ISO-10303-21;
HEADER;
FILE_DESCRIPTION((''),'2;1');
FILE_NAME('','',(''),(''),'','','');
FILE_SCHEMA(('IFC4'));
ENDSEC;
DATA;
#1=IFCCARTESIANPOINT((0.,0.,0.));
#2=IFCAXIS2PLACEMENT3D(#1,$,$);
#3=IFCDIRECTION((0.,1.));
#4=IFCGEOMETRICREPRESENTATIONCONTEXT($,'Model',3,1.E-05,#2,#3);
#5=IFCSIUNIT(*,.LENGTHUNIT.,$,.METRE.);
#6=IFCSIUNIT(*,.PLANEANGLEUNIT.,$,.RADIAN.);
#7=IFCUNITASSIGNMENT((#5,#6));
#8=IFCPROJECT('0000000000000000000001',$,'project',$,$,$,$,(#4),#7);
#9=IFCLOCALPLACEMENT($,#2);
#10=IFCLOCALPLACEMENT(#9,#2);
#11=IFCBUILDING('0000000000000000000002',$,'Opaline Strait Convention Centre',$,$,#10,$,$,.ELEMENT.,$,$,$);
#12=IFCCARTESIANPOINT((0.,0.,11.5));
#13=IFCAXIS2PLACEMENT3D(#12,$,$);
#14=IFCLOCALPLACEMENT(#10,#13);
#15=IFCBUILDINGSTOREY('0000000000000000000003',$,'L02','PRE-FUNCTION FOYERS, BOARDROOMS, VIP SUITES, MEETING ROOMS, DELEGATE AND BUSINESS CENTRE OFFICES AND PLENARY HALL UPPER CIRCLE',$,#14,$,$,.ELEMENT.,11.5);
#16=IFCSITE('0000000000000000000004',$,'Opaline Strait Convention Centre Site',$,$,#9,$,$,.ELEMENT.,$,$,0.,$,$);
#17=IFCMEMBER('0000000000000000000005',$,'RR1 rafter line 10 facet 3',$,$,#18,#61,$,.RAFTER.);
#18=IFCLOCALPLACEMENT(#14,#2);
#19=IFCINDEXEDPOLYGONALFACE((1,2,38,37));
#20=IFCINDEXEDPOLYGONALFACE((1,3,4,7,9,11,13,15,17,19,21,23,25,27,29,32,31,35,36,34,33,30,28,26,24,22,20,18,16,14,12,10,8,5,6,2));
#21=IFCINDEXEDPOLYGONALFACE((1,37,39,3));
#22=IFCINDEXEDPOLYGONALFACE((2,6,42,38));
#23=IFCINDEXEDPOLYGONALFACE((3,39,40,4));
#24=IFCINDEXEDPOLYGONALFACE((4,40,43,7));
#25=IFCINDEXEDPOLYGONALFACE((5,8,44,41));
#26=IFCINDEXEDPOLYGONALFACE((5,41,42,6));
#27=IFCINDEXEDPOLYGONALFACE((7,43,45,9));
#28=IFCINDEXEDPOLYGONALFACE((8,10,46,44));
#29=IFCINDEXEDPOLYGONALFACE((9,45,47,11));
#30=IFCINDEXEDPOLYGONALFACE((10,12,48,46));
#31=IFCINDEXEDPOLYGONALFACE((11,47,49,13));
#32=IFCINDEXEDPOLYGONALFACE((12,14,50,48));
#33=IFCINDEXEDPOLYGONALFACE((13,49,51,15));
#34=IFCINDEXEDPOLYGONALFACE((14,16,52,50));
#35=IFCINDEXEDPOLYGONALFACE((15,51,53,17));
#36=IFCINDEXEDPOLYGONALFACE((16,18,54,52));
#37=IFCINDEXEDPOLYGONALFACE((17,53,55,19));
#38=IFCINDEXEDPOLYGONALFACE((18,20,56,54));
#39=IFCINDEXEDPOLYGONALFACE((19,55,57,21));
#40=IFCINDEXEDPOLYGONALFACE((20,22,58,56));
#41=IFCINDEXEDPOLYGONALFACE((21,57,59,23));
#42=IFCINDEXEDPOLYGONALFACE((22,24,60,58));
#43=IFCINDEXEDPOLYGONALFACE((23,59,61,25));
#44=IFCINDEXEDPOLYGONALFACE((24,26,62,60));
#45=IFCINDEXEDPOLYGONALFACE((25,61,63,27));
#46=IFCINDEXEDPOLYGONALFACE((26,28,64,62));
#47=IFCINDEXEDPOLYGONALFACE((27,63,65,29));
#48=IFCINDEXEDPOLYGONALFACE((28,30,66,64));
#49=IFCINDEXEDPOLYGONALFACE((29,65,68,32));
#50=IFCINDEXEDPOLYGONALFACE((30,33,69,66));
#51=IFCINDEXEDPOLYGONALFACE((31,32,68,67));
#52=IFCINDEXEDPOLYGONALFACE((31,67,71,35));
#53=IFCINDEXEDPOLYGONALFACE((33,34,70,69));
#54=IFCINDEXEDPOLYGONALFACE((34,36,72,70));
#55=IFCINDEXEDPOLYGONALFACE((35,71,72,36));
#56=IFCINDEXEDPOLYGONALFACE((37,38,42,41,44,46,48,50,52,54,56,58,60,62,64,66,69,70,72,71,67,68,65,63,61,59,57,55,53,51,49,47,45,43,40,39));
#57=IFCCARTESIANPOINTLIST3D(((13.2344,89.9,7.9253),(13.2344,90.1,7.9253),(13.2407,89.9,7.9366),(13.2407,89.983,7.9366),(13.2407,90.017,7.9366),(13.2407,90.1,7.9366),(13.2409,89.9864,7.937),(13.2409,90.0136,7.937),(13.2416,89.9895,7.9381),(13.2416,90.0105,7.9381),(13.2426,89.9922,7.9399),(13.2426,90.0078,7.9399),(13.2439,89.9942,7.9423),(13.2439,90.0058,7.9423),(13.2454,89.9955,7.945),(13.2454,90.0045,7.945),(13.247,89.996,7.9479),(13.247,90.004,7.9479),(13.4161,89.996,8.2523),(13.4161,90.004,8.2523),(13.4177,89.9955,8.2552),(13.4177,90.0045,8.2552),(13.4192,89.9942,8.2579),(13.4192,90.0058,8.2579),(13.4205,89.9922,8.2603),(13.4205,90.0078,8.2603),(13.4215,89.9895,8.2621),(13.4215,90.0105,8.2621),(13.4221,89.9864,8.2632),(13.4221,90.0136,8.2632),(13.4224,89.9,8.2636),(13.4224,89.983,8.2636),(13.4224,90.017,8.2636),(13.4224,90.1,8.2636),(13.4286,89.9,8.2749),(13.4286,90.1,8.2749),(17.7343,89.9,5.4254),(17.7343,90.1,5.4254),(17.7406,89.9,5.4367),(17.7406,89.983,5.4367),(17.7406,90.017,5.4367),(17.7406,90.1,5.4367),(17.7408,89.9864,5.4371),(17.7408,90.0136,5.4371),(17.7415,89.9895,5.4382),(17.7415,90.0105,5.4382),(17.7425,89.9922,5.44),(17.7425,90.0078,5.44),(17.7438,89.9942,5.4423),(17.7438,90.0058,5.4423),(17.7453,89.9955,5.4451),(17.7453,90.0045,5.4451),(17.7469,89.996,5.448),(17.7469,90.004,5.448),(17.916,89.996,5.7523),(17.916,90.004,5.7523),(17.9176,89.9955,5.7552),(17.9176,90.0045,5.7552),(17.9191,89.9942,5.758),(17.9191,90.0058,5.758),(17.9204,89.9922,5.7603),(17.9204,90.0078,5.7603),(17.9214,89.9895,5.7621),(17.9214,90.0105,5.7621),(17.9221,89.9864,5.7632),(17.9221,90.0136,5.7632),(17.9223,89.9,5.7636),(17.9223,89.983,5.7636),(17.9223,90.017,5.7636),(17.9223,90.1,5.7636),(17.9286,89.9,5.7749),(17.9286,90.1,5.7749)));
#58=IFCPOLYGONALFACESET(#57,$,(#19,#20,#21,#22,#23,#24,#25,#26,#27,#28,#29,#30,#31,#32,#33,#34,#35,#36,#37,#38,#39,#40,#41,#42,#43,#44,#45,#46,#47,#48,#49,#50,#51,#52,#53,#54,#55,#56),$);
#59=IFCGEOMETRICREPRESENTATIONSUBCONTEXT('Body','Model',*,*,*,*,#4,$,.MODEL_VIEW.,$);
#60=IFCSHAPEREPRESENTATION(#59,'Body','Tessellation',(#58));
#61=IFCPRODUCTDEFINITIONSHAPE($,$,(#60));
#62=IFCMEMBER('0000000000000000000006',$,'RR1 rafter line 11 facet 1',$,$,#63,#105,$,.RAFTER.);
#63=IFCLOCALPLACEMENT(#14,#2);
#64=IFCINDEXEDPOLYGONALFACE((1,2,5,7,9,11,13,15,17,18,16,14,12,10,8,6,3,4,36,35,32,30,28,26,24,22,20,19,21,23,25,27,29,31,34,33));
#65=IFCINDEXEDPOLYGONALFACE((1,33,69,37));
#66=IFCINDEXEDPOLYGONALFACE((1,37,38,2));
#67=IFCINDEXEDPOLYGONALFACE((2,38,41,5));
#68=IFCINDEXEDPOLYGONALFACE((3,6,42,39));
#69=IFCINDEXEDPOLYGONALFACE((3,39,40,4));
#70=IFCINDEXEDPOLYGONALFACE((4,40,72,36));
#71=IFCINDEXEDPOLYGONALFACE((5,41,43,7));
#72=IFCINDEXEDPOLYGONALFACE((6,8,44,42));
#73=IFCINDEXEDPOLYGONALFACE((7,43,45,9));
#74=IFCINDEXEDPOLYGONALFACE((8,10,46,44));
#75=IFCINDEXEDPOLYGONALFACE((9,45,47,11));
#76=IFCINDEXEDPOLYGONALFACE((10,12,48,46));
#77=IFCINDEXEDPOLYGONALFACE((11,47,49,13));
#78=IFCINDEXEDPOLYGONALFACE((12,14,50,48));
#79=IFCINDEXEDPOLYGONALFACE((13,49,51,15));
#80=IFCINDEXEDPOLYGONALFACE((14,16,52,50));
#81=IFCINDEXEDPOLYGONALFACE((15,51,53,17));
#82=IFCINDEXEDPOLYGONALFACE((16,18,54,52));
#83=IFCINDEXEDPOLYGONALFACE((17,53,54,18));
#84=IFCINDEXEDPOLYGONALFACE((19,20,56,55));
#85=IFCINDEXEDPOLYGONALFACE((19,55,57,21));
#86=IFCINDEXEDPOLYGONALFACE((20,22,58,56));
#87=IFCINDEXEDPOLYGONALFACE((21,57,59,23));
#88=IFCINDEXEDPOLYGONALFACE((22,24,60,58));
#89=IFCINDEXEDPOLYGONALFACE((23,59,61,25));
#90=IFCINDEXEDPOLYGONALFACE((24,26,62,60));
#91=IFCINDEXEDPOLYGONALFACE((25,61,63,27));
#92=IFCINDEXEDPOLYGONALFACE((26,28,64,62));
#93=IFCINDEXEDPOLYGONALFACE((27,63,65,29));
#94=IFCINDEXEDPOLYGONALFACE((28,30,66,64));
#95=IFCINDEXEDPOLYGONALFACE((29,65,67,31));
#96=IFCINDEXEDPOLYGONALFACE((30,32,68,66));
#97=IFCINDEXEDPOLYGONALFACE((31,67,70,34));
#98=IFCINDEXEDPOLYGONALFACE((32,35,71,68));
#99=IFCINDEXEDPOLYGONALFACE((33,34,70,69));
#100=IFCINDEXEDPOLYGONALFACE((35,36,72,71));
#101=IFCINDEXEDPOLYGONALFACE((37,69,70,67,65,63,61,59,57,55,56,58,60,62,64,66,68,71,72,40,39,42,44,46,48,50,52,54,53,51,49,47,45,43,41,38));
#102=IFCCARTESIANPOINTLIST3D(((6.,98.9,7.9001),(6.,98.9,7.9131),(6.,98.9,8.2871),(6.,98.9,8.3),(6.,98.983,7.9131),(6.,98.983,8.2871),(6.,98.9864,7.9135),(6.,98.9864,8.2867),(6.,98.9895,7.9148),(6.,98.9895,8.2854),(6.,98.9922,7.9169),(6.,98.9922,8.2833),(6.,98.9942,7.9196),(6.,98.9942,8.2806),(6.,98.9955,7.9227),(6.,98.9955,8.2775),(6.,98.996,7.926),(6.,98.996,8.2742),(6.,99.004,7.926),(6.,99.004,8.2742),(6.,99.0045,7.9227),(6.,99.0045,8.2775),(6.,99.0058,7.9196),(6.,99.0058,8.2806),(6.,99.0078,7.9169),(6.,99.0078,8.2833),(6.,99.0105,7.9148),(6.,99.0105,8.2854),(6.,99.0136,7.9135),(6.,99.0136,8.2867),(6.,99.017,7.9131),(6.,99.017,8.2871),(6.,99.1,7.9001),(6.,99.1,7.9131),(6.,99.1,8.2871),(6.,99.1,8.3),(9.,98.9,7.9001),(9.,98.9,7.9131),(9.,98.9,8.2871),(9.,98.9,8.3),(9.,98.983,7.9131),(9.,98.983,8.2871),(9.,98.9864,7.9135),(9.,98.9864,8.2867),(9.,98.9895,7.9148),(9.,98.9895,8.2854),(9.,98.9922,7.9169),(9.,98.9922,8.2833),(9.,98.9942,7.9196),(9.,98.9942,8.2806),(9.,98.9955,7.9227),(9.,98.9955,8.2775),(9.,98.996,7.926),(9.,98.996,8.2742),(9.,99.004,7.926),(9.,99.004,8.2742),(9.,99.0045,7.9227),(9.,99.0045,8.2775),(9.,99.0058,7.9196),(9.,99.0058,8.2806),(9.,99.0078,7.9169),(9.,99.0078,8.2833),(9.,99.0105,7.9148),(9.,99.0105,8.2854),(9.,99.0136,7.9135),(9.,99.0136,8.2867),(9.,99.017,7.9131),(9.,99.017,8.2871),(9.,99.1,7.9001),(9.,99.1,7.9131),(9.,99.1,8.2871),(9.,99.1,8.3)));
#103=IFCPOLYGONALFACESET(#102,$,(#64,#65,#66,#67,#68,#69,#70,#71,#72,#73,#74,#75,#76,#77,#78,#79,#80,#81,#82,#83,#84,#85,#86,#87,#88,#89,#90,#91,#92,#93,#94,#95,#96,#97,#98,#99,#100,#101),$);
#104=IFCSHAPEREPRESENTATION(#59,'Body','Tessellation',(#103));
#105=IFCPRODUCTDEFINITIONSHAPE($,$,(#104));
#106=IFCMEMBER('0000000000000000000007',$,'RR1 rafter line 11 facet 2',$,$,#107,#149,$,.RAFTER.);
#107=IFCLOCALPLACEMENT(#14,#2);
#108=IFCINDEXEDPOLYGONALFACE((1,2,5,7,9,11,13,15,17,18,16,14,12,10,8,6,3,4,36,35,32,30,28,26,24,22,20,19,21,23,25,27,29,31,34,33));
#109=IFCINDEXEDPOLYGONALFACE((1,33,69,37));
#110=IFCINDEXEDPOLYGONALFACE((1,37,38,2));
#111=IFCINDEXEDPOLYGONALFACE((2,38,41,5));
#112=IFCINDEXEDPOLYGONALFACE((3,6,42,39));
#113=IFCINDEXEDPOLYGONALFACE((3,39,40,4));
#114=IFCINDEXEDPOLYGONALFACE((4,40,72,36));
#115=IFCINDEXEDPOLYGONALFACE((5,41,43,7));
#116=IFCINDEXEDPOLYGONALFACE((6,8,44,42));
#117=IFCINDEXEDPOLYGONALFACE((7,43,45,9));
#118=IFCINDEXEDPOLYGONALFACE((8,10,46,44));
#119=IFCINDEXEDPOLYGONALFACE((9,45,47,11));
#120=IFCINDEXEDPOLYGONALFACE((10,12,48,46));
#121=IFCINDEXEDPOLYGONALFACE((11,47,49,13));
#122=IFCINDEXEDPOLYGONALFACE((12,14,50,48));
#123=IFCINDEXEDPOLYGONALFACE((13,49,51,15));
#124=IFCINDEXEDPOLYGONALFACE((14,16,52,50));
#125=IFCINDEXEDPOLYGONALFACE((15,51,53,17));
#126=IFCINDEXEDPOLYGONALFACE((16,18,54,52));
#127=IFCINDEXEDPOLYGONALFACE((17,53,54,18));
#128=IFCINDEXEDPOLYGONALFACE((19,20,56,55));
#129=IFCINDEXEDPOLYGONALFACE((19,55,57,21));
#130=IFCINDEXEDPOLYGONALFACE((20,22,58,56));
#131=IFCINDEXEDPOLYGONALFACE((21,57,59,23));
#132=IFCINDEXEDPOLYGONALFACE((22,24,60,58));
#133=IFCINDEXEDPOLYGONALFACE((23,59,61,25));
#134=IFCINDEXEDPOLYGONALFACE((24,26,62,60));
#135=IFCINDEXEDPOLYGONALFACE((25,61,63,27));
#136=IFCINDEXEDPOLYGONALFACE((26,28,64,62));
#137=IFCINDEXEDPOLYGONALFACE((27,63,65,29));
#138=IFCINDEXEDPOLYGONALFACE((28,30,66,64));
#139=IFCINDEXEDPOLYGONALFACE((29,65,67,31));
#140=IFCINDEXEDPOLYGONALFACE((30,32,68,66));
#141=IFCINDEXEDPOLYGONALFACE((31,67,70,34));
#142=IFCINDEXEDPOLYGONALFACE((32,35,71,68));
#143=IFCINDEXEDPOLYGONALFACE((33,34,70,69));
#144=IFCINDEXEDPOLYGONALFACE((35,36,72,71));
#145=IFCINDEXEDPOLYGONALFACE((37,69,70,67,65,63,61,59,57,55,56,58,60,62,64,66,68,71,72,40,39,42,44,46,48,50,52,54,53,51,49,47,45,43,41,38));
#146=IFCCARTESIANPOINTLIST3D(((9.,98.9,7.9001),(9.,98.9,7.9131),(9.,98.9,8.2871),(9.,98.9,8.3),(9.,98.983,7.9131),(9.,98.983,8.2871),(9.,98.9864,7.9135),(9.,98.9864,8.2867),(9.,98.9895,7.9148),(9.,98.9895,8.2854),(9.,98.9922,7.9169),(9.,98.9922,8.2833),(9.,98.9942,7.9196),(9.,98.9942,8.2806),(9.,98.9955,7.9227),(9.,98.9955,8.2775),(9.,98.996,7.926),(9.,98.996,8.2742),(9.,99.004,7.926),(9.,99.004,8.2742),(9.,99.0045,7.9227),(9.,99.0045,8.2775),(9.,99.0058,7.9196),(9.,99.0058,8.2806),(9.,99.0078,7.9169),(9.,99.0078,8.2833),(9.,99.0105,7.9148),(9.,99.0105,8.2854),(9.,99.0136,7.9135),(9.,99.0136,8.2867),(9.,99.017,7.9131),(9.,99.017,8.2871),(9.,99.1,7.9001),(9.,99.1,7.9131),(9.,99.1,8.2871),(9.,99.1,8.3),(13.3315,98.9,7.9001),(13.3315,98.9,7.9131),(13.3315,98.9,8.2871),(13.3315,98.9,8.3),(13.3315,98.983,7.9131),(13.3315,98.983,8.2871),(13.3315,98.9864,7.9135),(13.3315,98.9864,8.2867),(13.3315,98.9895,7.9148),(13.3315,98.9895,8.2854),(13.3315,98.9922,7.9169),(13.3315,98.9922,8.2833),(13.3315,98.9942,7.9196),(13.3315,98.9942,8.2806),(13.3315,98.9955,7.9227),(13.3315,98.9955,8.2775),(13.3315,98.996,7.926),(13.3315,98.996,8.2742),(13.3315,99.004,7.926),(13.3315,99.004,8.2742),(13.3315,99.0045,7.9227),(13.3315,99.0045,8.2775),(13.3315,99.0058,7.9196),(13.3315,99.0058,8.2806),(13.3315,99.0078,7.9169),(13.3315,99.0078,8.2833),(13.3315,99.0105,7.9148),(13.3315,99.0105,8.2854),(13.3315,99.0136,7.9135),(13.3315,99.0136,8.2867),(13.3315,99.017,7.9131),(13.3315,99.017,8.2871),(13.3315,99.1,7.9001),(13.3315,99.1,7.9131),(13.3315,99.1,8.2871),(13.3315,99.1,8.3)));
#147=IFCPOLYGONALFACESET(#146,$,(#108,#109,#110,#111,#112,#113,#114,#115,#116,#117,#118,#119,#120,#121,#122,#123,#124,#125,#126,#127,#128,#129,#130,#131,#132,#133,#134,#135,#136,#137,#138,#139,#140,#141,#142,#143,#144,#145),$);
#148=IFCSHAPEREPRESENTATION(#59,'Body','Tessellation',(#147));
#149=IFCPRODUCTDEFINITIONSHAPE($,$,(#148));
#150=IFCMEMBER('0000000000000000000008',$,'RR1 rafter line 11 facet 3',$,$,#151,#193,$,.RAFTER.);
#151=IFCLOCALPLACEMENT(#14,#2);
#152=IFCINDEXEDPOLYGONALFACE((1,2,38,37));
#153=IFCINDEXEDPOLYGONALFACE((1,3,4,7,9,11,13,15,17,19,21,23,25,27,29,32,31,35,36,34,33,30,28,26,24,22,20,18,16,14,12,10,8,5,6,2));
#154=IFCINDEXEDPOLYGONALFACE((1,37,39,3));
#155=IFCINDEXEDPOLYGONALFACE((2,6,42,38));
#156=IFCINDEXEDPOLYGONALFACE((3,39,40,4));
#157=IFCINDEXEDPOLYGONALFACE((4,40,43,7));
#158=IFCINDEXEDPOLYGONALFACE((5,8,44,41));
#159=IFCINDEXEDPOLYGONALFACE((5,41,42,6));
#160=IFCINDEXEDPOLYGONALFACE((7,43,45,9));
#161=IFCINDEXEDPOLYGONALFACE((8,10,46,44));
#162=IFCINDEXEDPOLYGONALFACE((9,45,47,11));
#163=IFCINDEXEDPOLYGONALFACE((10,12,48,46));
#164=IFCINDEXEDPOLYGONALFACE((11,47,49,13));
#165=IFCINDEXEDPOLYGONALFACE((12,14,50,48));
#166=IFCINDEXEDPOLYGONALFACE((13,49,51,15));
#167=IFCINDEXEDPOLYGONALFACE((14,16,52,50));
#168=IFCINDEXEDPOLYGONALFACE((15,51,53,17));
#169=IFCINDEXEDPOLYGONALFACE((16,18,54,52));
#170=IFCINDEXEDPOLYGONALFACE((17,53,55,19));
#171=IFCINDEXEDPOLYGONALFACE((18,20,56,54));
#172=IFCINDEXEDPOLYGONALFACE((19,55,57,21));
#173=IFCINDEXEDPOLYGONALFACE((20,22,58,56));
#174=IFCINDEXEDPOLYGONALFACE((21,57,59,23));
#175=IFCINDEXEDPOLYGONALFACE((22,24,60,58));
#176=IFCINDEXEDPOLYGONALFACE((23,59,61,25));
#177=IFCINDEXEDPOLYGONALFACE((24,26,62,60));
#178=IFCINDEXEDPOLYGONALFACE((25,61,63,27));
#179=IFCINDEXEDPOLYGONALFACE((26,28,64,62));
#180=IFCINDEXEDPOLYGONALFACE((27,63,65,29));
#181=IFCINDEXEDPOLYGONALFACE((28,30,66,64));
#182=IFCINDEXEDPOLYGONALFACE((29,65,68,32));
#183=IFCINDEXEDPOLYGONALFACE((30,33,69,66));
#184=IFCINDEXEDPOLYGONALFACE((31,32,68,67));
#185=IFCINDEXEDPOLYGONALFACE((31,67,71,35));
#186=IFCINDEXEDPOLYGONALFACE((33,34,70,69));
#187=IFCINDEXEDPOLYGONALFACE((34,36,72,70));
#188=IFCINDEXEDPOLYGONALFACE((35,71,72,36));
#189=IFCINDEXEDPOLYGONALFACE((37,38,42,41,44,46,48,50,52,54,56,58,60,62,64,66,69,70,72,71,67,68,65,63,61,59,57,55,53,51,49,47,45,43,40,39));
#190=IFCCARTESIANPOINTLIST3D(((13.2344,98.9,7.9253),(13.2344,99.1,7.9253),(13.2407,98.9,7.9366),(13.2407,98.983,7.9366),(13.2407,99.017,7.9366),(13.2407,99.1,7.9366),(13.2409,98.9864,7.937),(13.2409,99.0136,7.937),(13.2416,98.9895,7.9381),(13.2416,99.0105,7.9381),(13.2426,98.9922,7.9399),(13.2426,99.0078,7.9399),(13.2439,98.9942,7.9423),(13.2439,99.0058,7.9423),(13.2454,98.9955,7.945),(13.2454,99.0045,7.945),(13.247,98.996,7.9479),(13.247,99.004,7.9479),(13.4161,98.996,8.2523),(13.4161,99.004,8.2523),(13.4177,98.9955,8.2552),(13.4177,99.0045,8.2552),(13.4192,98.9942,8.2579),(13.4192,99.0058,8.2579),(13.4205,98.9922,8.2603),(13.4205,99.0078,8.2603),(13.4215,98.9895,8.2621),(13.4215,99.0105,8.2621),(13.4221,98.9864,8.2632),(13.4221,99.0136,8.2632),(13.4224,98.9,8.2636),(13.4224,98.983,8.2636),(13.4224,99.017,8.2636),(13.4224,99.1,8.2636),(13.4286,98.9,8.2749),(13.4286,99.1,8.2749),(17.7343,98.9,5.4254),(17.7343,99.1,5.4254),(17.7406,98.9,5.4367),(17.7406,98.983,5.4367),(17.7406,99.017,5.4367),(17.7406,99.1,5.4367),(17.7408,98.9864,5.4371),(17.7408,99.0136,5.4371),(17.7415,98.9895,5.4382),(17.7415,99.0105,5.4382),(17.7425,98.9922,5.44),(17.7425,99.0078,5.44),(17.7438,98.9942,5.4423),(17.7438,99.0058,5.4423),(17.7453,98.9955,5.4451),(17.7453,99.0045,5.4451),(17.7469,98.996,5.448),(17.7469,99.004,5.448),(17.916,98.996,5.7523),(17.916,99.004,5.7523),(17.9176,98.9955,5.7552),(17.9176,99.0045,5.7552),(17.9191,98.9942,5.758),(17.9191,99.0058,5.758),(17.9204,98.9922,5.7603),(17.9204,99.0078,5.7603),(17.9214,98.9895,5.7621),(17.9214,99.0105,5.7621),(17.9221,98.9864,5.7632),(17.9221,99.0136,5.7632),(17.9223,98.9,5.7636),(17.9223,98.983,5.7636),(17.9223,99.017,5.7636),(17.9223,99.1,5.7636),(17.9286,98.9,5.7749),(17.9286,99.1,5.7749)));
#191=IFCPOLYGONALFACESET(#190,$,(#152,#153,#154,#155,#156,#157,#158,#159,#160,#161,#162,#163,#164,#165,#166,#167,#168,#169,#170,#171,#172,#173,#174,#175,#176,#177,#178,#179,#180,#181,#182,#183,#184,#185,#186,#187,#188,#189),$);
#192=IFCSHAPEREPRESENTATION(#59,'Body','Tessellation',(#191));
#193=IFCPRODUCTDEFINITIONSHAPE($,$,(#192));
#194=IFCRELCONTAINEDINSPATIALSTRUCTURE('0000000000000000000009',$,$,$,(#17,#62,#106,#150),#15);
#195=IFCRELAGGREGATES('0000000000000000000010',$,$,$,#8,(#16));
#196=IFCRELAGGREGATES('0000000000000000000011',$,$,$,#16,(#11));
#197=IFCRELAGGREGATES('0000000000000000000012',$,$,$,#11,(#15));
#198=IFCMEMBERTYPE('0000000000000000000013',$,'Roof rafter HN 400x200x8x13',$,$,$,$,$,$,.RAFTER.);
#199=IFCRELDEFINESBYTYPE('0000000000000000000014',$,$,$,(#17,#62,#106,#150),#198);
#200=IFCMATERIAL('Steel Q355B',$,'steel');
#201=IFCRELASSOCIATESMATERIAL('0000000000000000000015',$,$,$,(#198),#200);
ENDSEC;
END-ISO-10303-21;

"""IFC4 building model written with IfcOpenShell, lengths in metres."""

from ifc_helpers import new_model, si_unit, direction, frame, origin, origin_2d, place, context, subcontext, project, spatial, i_section, extrude, material, material_profile, profile_set, type_object, element, save


model = new_model("IFC4")

# Units and contexts
model_context = context("Model", 3, precision=1e-05, world=origin(), true_north=direction((0.0, 1.0)))
body_context = subcontext(model_context, "Body", "Model", "MODEL_VIEW")
ifc_project = project(units=[si_unit("LENGTHUNIT", "METRE"), si_unit("PLANEANGLEUNIT", "RADIAN")], contexts=[model_context])

# Site, building, storey
site_placement = place(None, origin())
site = spatial("IfcSite", under=ifc_project, at=site_placement, Name="Opaline Strait Convention Centre Site", CompositionType="ELEMENT", RefElevation=0.0)
building_placement = place(site_placement, origin())
building = spatial("IfcBuilding", under=site, at=building_placement, Name="Opaline Strait Convention Centre", CompositionType="ELEMENT")
storey_placement = place(building_placement, frame((0.0, 0.0, 11.5)))
storey = spatial("IfcBuildingStorey", under=building, at=storey_placement, Name="L02", Description="PRE-FUNCTION FOYERS, BOARDROOMS, VIP SUITES, MEETING ROOMS, DELEGATE AND BUSINESS CENTRE OFFICES AND PLENARY HALL UPPER CIRCLE", CompositionType="ELEMENT", Elevation=11.5)

# Members
ifc_material_1 = material(Name="Steel Q355B", Category="steel")
ifc_material_profile_1 = material_profile(ifc_material_1, i_section(OverallWidth=0.2, OverallDepth=0.3999, WebThickness=0.0081, FlangeThickness=0.0129, FilletRadius=0.0129, at=origin_2d()), Name="HN 400x200x8x13")
ifc_profile_set_1 = profile_set([ifc_material_profile_1], Name="Steel Q355B")
member_type_1 = type_object("IfcMemberType", Name="Roof rafter HN 400x200x8x13", PredefinedType="RAFTER", material=ifc_profile_set_1)
member_1_placement = place(storey_placement, frame((13.3315, 90.0, 8.1001), z_axis=(0.874157, 0.0, -0.485643), x_axis=(0.0, 1.0, 0.0)))
element("IfcMember", 1, at=member_1_placement, inside=storey, type_object=member_type_1, Name="RR1 rafter line 10 facet 3", PredefinedType="RAFTER", context=body_context, shape_type="SweptSolid", body=[
    extrude(i_section(OverallWidth=0.2, OverallDepth=0.3999, WebThickness=0.0081, FlangeThickness=0.0129, FilletRadius=0.0129, at=origin_2d()), origin(), (0.0, 0.0, 1.0), 5.1477),
])
member_2_placement = place(storey_placement, frame((6.0, 99.0, 8.1001), z_axis=(1.0, 0.0, 0.0), x_axis=(0.0, 1.0, 0.0)))
element("IfcMember", 2, at=member_2_placement, inside=storey, type_object=member_type_1, Name="RR1 rafter line 11 facet 1", PredefinedType="RAFTER", context=body_context, shape_type="SweptSolid", body=[
    extrude(i_section(OverallWidth=0.2, OverallDepth=0.3999, WebThickness=0.0081, FlangeThickness=0.0129, FilletRadius=0.0129, at=origin_2d()), origin(), (0.0, 0.0, 1.0), 3.0),
])
member_3_placement = place(storey_placement, frame((9.0, 99.0, 8.1001), z_axis=(1.0, 0.0, 0.0), x_axis=(0.0, 1.0, 0.0)))
element("IfcMember", 3, at=member_3_placement, inside=storey, type_object=member_type_1, Name="RR1 rafter line 11 facet 2", PredefinedType="RAFTER", context=body_context, shape_type="SweptSolid", body=[
    extrude(i_section(OverallWidth=0.2, OverallDepth=0.3999, WebThickness=0.0081, FlangeThickness=0.0129, FilletRadius=0.0129, at=origin_2d()), origin(), (0.0, 0.0, 1.0), 4.3315),
])
member_4_placement = place(storey_placement, frame((13.3315, 99.0, 8.1001), z_axis=(0.874157, 0.0, -0.485643), x_axis=(0.0, 1.0, 0.0)))
element("IfcMember", 4, at=member_4_placement, inside=storey, type_object=member_type_1, Name="RR1 rafter line 11 facet 3", PredefinedType="RAFTER", context=body_context, shape_type="SweptSolid", body=[
    extrude(i_section(OverallWidth=0.2, OverallDepth=0.3999, WebThickness=0.0081, FlangeThickness=0.0129, FilletRadius=0.0129, at=origin_2d()), origin(), (0.0, 0.0, 1.0), 5.1477),
])

save(model, "model.ifc")
